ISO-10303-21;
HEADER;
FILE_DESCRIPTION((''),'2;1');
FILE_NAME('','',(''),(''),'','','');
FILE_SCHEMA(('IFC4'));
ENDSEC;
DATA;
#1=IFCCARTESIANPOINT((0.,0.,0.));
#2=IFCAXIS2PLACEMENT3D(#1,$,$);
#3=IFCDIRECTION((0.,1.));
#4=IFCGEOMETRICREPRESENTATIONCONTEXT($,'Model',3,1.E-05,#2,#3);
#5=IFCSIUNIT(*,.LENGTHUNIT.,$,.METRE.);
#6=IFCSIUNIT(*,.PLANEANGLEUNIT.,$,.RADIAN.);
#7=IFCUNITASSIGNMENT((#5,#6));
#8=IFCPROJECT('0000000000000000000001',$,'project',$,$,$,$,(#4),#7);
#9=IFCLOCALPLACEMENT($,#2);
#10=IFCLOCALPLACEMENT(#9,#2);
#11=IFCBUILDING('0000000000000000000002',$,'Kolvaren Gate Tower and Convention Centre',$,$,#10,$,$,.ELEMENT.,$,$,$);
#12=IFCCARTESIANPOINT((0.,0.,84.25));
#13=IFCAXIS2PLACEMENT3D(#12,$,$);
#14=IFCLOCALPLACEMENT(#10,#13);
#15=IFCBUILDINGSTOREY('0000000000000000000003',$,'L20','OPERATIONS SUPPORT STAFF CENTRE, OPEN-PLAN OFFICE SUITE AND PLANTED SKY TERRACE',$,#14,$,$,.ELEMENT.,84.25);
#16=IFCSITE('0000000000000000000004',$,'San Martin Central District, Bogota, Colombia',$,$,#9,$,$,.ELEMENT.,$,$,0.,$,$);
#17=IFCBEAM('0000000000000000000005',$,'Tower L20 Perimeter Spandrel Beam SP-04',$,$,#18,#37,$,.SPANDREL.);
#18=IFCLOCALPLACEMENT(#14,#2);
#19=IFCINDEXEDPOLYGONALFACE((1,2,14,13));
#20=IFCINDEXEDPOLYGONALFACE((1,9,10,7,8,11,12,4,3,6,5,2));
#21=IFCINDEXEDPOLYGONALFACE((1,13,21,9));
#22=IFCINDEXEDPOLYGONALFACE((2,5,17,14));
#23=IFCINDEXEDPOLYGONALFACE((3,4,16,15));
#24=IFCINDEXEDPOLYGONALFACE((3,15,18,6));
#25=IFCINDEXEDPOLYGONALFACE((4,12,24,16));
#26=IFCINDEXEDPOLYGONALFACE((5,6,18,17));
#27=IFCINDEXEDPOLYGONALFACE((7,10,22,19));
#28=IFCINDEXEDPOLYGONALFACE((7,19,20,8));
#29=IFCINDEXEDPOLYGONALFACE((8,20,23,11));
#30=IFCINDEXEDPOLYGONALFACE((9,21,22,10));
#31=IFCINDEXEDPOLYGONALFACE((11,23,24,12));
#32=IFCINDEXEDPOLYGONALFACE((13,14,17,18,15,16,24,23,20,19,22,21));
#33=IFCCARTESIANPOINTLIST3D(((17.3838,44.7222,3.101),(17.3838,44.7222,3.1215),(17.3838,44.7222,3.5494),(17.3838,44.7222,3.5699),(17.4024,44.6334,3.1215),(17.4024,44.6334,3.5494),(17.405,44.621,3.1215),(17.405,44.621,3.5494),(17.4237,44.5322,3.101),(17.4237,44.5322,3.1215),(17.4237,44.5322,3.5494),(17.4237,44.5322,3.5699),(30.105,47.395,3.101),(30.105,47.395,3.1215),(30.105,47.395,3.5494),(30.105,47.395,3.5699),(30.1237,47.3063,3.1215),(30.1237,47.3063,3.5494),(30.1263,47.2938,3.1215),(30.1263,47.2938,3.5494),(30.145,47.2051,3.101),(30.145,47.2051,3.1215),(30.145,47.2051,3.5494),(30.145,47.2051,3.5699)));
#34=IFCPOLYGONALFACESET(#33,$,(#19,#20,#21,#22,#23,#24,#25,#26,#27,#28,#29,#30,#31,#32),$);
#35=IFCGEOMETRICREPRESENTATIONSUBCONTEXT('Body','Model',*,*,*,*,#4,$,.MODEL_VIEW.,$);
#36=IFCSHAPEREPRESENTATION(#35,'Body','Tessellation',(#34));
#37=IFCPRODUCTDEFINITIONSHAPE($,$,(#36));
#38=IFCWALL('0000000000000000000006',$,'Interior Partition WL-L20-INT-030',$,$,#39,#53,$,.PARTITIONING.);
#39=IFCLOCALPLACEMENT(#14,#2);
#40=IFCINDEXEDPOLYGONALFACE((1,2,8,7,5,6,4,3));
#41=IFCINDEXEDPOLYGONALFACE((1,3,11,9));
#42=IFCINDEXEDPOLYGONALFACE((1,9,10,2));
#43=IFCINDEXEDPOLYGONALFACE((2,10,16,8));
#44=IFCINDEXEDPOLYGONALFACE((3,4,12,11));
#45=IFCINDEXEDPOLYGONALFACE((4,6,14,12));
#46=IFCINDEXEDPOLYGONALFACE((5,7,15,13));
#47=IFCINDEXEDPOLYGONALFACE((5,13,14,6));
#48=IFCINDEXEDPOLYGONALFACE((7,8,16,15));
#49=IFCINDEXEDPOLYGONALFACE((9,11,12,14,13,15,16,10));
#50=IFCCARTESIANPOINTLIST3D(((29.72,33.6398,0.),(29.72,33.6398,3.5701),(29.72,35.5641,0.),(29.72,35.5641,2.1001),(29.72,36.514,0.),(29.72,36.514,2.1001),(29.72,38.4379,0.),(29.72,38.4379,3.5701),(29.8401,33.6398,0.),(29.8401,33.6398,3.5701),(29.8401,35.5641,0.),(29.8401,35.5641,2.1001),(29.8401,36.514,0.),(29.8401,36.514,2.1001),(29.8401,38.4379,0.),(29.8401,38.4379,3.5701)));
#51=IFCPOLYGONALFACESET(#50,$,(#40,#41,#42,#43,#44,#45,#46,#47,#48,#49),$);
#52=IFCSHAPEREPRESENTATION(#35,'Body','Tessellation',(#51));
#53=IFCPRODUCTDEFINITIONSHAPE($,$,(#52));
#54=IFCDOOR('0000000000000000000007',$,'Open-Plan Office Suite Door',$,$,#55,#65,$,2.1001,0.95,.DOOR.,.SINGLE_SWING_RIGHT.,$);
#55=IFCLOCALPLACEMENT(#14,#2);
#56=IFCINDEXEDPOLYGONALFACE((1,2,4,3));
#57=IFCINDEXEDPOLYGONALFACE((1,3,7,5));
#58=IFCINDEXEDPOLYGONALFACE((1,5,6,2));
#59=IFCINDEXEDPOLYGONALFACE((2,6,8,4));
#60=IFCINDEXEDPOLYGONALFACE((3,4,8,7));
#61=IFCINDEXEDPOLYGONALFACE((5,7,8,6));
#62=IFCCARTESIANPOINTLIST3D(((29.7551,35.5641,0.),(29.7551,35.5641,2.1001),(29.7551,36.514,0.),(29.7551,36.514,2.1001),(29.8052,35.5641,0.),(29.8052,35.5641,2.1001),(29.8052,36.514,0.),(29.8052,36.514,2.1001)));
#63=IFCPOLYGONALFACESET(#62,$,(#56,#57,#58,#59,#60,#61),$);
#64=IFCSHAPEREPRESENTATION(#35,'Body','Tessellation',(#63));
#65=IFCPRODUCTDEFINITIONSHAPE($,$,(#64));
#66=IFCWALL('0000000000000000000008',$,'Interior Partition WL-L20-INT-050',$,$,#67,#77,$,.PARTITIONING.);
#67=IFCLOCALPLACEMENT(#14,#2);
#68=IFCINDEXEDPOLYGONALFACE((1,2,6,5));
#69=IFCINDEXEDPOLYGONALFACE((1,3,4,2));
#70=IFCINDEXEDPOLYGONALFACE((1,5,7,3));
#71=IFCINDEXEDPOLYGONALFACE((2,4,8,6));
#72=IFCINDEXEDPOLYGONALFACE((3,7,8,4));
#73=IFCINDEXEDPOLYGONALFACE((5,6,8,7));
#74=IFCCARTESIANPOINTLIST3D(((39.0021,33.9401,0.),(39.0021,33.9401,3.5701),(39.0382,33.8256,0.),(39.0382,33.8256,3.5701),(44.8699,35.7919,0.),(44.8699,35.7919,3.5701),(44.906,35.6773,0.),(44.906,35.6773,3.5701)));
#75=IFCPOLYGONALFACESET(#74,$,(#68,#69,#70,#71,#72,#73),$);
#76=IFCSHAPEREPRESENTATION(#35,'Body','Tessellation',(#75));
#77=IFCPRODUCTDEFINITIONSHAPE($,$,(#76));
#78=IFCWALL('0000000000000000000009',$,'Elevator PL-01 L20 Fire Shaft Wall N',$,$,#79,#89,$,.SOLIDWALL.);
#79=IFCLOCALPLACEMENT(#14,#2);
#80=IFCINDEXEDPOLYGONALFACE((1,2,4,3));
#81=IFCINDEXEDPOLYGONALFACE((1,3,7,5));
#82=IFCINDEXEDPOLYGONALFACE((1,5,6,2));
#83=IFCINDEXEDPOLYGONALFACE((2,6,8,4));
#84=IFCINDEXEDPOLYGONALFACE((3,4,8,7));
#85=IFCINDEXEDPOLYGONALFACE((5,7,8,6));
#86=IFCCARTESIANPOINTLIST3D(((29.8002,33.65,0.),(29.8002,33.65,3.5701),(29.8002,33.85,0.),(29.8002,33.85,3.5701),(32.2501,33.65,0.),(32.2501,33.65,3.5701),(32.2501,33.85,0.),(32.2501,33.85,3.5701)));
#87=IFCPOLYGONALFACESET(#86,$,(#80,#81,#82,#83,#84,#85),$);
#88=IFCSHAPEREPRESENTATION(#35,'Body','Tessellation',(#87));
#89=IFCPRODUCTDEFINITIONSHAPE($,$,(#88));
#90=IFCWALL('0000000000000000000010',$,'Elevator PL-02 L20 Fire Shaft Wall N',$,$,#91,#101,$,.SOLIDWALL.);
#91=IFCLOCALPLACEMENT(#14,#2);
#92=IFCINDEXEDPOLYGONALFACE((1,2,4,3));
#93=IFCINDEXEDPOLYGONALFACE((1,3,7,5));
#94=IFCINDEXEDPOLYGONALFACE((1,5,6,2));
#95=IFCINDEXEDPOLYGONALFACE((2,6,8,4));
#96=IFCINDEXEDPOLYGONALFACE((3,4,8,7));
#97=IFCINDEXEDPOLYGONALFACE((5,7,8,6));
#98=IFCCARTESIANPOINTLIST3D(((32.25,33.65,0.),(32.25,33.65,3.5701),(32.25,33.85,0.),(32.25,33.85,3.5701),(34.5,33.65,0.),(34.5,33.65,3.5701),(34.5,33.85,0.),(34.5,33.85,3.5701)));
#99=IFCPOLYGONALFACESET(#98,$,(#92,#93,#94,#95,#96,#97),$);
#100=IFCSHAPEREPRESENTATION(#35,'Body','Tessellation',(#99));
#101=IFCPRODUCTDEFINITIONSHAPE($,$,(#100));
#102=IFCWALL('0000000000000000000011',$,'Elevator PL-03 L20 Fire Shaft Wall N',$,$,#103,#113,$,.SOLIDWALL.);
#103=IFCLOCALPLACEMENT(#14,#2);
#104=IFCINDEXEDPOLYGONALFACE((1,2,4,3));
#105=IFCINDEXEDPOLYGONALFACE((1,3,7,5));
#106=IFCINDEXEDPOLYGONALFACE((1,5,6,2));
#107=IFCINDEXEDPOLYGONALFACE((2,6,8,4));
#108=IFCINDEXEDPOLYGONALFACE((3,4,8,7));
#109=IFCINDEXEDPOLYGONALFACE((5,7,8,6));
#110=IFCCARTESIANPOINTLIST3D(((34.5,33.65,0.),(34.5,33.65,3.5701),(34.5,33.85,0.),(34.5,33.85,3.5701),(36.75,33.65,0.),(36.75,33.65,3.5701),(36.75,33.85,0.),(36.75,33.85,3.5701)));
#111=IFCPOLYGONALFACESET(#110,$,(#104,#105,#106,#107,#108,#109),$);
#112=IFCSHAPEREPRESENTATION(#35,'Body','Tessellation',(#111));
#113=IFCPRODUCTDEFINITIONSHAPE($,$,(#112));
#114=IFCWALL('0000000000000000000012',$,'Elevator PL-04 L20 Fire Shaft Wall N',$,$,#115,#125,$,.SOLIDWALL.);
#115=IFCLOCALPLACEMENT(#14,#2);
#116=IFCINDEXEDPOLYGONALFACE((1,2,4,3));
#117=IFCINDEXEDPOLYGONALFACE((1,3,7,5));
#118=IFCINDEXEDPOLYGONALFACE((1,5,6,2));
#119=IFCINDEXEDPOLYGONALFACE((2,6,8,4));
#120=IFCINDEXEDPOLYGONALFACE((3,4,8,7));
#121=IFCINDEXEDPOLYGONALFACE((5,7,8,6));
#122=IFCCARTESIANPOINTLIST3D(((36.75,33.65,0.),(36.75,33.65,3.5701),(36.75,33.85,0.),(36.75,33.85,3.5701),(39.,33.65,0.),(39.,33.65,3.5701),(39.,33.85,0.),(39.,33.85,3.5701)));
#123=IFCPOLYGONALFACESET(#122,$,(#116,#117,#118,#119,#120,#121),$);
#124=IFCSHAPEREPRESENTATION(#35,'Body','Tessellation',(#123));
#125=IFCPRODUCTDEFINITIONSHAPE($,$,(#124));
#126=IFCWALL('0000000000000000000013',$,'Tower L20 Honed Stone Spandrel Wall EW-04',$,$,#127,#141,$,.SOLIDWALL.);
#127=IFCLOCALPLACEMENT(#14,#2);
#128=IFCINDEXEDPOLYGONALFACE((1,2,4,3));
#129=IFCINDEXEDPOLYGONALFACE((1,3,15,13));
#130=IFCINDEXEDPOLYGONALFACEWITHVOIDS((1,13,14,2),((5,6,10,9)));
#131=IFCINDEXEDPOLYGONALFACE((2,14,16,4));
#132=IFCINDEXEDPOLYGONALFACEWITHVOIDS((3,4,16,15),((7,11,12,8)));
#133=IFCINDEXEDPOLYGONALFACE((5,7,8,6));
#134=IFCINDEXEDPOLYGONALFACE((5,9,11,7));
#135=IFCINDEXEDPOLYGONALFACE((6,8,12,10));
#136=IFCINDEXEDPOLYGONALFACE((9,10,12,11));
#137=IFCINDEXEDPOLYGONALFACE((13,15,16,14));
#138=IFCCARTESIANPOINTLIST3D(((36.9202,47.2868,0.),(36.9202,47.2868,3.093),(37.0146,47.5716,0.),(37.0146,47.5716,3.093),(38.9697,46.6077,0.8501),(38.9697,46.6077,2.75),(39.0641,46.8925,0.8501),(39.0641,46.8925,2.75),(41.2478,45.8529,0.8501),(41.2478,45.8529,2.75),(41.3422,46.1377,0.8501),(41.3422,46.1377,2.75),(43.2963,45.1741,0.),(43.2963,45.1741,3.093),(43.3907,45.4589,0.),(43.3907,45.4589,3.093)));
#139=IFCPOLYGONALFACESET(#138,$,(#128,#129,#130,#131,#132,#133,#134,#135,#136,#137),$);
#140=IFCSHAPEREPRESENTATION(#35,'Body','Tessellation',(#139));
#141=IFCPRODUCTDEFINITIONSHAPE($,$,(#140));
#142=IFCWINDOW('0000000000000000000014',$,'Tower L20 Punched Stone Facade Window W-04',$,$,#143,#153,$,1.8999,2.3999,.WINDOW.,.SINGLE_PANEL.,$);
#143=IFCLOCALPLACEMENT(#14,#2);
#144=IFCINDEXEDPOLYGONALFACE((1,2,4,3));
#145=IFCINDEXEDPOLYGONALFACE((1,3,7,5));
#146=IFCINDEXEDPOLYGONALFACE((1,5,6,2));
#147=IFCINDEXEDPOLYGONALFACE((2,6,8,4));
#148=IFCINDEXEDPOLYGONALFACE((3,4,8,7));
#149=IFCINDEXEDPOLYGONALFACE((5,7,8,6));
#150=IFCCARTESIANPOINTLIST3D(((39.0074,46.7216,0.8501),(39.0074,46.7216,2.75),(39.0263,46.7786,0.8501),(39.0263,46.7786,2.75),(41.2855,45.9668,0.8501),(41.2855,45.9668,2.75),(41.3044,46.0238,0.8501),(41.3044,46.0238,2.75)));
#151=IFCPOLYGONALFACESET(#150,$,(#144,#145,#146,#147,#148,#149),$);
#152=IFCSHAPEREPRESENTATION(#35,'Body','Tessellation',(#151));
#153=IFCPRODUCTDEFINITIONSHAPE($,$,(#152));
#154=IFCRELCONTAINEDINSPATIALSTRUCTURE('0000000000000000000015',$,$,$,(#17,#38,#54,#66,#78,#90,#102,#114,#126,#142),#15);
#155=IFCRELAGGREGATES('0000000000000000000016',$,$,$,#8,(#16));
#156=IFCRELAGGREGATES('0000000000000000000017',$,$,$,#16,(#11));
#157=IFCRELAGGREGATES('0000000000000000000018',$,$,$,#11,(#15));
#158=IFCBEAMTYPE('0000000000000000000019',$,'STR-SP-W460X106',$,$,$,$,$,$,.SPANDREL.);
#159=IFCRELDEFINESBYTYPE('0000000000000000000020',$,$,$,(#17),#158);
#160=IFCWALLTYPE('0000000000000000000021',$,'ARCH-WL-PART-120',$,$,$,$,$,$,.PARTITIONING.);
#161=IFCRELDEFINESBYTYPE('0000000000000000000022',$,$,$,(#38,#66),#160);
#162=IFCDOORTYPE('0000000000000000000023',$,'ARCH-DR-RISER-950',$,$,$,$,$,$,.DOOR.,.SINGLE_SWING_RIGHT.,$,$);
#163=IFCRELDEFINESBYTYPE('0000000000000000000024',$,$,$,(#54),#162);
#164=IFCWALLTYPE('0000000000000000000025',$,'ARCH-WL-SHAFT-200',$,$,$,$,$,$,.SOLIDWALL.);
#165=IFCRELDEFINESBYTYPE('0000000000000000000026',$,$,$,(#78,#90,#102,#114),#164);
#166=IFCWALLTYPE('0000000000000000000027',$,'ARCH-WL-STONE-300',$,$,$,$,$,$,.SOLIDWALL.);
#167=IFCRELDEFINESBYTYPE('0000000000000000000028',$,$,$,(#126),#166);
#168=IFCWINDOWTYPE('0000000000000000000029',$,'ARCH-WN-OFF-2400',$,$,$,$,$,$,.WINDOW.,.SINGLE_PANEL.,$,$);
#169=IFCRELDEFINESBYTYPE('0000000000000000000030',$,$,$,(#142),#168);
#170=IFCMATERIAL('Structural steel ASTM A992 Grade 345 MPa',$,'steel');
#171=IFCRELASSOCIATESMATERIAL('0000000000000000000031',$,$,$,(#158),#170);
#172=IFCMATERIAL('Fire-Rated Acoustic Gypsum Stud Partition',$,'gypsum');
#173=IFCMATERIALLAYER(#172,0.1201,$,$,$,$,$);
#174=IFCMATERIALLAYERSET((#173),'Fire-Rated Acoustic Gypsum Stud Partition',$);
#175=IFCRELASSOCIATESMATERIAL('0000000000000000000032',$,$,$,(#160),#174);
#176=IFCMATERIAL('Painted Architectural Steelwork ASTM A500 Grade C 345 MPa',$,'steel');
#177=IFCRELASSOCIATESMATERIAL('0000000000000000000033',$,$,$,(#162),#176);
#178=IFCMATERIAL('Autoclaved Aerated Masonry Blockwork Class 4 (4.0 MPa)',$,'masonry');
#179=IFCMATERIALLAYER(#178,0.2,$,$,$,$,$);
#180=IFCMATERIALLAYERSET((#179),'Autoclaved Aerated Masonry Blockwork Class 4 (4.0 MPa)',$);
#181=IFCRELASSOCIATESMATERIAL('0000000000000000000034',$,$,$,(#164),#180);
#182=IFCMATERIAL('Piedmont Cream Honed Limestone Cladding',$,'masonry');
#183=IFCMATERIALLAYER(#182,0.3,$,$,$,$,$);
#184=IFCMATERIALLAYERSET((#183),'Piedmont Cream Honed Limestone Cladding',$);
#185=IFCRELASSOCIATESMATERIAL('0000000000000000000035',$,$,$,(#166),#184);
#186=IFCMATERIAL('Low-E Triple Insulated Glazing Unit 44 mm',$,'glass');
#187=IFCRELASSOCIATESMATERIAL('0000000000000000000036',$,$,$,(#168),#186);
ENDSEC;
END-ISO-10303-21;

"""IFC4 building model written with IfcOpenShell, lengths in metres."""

from ifc_helpers import new_model, si_unit, direction, frame, frame_2d, origin, origin_2d, place, context, subcontext, project, spatial, rectangle, i_section, extrude, material, layer, layer_set, material_profile, profile_set, type_object, element, fill, save


model = new_model("IFC4")

# Units and contexts
model_context = context("Model", 3, precision=1e-05, world=origin(), true_north=direction((0.0, 1.0)))
body_context = subcontext(model_context, "Body", "Model", "MODEL_VIEW")
ifc_project = project(units=[si_unit("LENGTHUNIT", "METRE"), si_unit("PLANEANGLEUNIT", "RADIAN")], contexts=[model_context])

# Site, building, storey
site_placement = place(None, origin())
site = spatial("IfcSite", under=ifc_project, at=site_placement, Name="San Martin Central District, Bogota, Colombia", CompositionType="ELEMENT", RefElevation=0.0)
building_placement = place(site_placement, origin())
building = spatial("IfcBuilding", under=site, at=building_placement, Name="Kolvaren Gate Tower and Convention Centre", CompositionType="ELEMENT")
storey_placement = place(building_placement, frame((0.0, 0.0, 84.25)))
storey = spatial("IfcBuildingStorey", under=building, at=storey_placement, Name="L20", Description="OPERATIONS SUPPORT STAFF CENTRE, OPEN-PLAN OFFICE SUITE AND PLANTED SKY TERRACE", CompositionType="ELEMENT", Elevation=84.25)

# Beam
ifc_material_1 = material(Name="Structural steel ASTM A992 Grade 345 MPa", Category="steel")
ifc_material_profile_1 = material_profile(ifc_material_1, i_section(OverallWidth=0.1941, OverallDepth=0.469, WebThickness=0.0127, FlangeThickness=0.0205, at=origin_2d()), Name="W460X106")
ifc_profile_set_1 = profile_set([ifc_material_profile_1], Name="Structural steel ASTM A992 Grade 345 MPa")
beam_type_1 = type_object("IfcBeamType", Name="STR-SP-W460X106", PredefinedType="SPANDREL", material=ifc_profile_set_1)
beam_1_placement = place(storey_placement, frame((30.125, 47.3, 3.3354), z_axis=(-0.978632, -0.20562, 0.0), x_axis=(0.20562, -0.978632, 0.0)))
element("IfcBeam", 1, at=beam_1_placement, inside=storey, type_object=beam_type_1, Name="Tower L20 Perimeter Spandrel Beam SP-04", PredefinedType="SPANDREL", context=body_context, shape_type="SweptSolid", body=[
    extrude(i_section(OverallWidth=0.1941, OverallDepth=0.469, WebThickness=0.0127, FlangeThickness=0.0205, at=origin_2d()), origin(), (0.0, 0.0, 1.0), 12.999),
])

# Wall, opening, door
ifc_material_2 = material(Name="Fire-Rated Acoustic Gypsum Stud Partition", Category="gypsum")
ifc_layer_1 = layer(ifc_material_2, 0.1201)
ifc_layer_set_1 = layer_set([ifc_layer_1], Name="Fire-Rated Acoustic Gypsum Stud Partition")
wall_type_1 = type_object("IfcWallType", Name="ARCH-WL-PART-120", PredefinedType="PARTITIONING", material=ifc_layer_set_1)
wall_1_placement = place(storey_placement, frame((29.78, 33.6399, 0.0), z_axis=(0.0, 0.0, 1.0), x_axis=(0.0, 1.0, 0.0)))
wall_1 = element("IfcWall", 2, at=wall_1_placement, inside=storey, type_object=wall_type_1, Name="Interior Partition WL-L20-INT-030", PredefinedType="PARTITIONING", context=body_context, shape_type="SweptSolid", body=[
    extrude(rectangle(XDim=4.7981, YDim=0.1201, at=frame_2d((2.3989, 0.0))), origin(), (0.0, 0.0, 1.0), 3.5701),
])
opening_1_placement = place(wall_1_placement, frame((1.9241, 0.0, 0.0)))
opening_1 = element("IfcOpeningElement", 3, at=opening_1_placement, cuts=wall_1, PredefinedType="OPENING", context=body_context, shape_type="SweptSolid", body=[
    extrude(rectangle(XDim=0.95, YDim=2.1001, at=frame_2d((0.4751, 1.05))), frame((0.0, 0.0701, 0.0), z_axis=(0.0, -1.0, 0.0), x_axis=(1.0, 0.0, 0.0)), (0.0, 0.0, 1.0), 0.1401),
])
ifc_material_3 = material(Name="Painted Architectural Steelwork ASTM A500 Grade C 345 MPa", Category="steel")
door_type = type_object("IfcDoorType", Name="ARCH-DR-RISER-950", OperationType="SINGLE_SWING_RIGHT", PredefinedType="DOOR", material=ifc_material_3)
door_placement = place(opening_1_placement, origin())
door = element("IfcDoor", 4, at=door_placement, inside=storey, type_object=door_type, Name="Open-Plan Office Suite Door", OperationType="SINGLE_SWING_RIGHT", OverallHeight=2.1001, OverallWidth=0.95, PredefinedType="DOOR", context=body_context, shape_type="SweptSolid", body=[
    extrude(rectangle(XDim=0.95, YDim=2.1001, at=frame_2d((0.4751, 1.05))), frame((0.0, 0.0249, 0.0), z_axis=(0.0, -1.0, 0.0), x_axis=(1.0, 0.0, 0.0)), (0.0, 0.0, 1.0), 0.05),
])
fill(opening_1, door)

# Walls
wall_2_placement = place(storey_placement, frame((39.02, 33.8828, 0.0), z_axis=(0.0, 0.0, 1.0), x_axis=(0.95364, 0.300951, 0.0)))
element("IfcWall", 5, at=wall_2_placement, inside=storey, type_object=wall_type_1, Name="Interior Partition WL-L20-INT-050", PredefinedType="PARTITIONING", context=body_context, shape_type="SweptSolid", body=[
    extrude(rectangle(XDim=6.1531, YDim=0.1201, at=frame_2d((3.0767, 0.0))), origin(), (0.0, 0.0, 1.0), 3.5701),
])
ifc_material_4 = material(Name="Autoclaved Aerated Masonry Blockwork Class 4 (4.0 MPa)", Category="masonry")
ifc_layer_2 = layer(ifc_material_4, 0.2)
ifc_layer_set_2 = layer_set([ifc_layer_2], Name="Autoclaved Aerated Masonry Blockwork Class 4 (4.0 MPa)")
wall_type_2 = type_object("IfcWallType", Name="ARCH-WL-SHAFT-200", PredefinedType="SOLIDWALL", material=ifc_layer_set_2)
wall_3_placement = place(storey_placement, frame((29.8, 33.75, 0.0), z_axis=(0.0, 0.0, 1.0), x_axis=(1.0, 0.0, 0.0)))
element("IfcWall", 6, at=wall_3_placement, inside=storey, type_object=wall_type_2, Name="Elevator PL-01 L20 Fire Shaft Wall N", PredefinedType="SOLIDWALL", context=body_context, shape_type="SweptSolid", body=[
    extrude(rectangle(XDim=2.45, YDim=0.2, at=frame_2d((1.2251, 0.0))), origin(), (0.0, 0.0, 1.0), 3.5701),
])
for number, where, z_axis, x_axis, name in (
    (7, (32.25, 33.75, 0.0), (0.0, 0.0, 1.0), (1.0, 0.0, 0.0), "Elevator PL-02 L20 Fire Shaft Wall N"),
    (8, (34.5, 33.75, 0.0), (0.0, 0.0, 1.0), (1.0, 0.0, 0.0), "Elevator PL-03 L20 Fire Shaft Wall N"),
    (9, (36.75, 33.75, 0.0), (0.0, 0.0, 1.0), (1.0, 0.0, 0.0), "Elevator PL-04 L20 Fire Shaft Wall N"),
):
    element("IfcWall", number, at=place(storey_placement, frame(where, z_axis=z_axis, x_axis=x_axis)), inside=storey, type_object=wall_type_2, Name=name, PredefinedType="SOLIDWALL", context=body_context, shape_type="SweptSolid", body=[
        extrude(rectangle(XDim=2.25, YDim=0.2, at=frame_2d((1.125, 0.0))), origin(), (0.0, 0.0, 1.0), 3.5701),
    ])

# Wall, opening, window
ifc_material_5 = material(Name="Piedmont Cream Honed Limestone Cladding", Category="masonry")
ifc_layer_3 = layer(ifc_material_5, 0.3)
ifc_layer_set_3 = layer_set([ifc_layer_3], Name="Piedmont Cream Honed Limestone Cladding")
wall_type_3 = type_object("IfcWallType", Name="ARCH-WL-STONE-300", PredefinedType="SOLIDWALL", material=ifc_layer_set_3)
wall_4_placement = place(storey_placement, frame((36.9675, 47.4292, 0.0), z_axis=(0.0, 0.0, 1.0), x_axis=(0.949245, -0.314537, 0.0)))
wall_4 = element("IfcWall", 10, at=wall_4_placement, inside=storey, type_object=wall_type_3, Name="Tower L20 Honed Stone Spandrel Wall EW-04", PredefinedType="SOLIDWALL", context=body_context, shape_type="SweptSolid", body=[
    extrude(rectangle(XDim=6.717, YDim=0.3, at=frame_2d((3.3584, 0.0))), origin(), (0.0, 0.0, 1.0), 3.093),
])
opening_2_placement = place(wall_4_placement, frame((2.1589, 0.0, 0.8501)))
opening_2 = element("IfcOpeningElement", 11, at=opening_2_placement, cuts=wall_4, PredefinedType="OPENING", context=body_context, shape_type="SweptSolid", body=[
    extrude(rectangle(XDim=2.3999, YDim=1.8999, at=frame_2d((1.2, 0.95))), frame((0.0, 0.1599, 0.0), z_axis=(0.0, -1.0, 0.0), x_axis=(1.0, 0.0, 0.0)), (0.0, 0.0, 1.0), 0.3201),
])
ifc_material_6 = material(Name="Low-E Triple Insulated Glazing Unit 44 mm", Category="glass")
window_type = type_object("IfcWindowType", Name="ARCH-WN-OFF-2400", PartitioningType="SINGLE_PANEL", PredefinedType="WINDOW", material=ifc_material_6)
window_1_placement = place(opening_2_placement, origin())
window_1 = element("IfcWindow", 12, at=window_1_placement, inside=storey, type_object=window_type, Name="Tower L20 Punched Stone Facade Window W-04", OverallHeight=1.8999, OverallWidth=2.3999, PartitioningType="SINGLE_PANEL", PredefinedType="WINDOW", context=body_context, shape_type="SweptSolid", body=[
    extrude(rectangle(XDim=2.3999, YDim=1.8999, at=frame_2d((1.2, 0.95))), frame((0.0, 0.03, 0.0), z_axis=(0.0, -1.0, 0.0), x_axis=(1.0, 0.0, 0.0)), (0.0, 0.0, 1.0), 0.0601),
])
fill(opening_2, window_1)

save(model, "model.ifc")
